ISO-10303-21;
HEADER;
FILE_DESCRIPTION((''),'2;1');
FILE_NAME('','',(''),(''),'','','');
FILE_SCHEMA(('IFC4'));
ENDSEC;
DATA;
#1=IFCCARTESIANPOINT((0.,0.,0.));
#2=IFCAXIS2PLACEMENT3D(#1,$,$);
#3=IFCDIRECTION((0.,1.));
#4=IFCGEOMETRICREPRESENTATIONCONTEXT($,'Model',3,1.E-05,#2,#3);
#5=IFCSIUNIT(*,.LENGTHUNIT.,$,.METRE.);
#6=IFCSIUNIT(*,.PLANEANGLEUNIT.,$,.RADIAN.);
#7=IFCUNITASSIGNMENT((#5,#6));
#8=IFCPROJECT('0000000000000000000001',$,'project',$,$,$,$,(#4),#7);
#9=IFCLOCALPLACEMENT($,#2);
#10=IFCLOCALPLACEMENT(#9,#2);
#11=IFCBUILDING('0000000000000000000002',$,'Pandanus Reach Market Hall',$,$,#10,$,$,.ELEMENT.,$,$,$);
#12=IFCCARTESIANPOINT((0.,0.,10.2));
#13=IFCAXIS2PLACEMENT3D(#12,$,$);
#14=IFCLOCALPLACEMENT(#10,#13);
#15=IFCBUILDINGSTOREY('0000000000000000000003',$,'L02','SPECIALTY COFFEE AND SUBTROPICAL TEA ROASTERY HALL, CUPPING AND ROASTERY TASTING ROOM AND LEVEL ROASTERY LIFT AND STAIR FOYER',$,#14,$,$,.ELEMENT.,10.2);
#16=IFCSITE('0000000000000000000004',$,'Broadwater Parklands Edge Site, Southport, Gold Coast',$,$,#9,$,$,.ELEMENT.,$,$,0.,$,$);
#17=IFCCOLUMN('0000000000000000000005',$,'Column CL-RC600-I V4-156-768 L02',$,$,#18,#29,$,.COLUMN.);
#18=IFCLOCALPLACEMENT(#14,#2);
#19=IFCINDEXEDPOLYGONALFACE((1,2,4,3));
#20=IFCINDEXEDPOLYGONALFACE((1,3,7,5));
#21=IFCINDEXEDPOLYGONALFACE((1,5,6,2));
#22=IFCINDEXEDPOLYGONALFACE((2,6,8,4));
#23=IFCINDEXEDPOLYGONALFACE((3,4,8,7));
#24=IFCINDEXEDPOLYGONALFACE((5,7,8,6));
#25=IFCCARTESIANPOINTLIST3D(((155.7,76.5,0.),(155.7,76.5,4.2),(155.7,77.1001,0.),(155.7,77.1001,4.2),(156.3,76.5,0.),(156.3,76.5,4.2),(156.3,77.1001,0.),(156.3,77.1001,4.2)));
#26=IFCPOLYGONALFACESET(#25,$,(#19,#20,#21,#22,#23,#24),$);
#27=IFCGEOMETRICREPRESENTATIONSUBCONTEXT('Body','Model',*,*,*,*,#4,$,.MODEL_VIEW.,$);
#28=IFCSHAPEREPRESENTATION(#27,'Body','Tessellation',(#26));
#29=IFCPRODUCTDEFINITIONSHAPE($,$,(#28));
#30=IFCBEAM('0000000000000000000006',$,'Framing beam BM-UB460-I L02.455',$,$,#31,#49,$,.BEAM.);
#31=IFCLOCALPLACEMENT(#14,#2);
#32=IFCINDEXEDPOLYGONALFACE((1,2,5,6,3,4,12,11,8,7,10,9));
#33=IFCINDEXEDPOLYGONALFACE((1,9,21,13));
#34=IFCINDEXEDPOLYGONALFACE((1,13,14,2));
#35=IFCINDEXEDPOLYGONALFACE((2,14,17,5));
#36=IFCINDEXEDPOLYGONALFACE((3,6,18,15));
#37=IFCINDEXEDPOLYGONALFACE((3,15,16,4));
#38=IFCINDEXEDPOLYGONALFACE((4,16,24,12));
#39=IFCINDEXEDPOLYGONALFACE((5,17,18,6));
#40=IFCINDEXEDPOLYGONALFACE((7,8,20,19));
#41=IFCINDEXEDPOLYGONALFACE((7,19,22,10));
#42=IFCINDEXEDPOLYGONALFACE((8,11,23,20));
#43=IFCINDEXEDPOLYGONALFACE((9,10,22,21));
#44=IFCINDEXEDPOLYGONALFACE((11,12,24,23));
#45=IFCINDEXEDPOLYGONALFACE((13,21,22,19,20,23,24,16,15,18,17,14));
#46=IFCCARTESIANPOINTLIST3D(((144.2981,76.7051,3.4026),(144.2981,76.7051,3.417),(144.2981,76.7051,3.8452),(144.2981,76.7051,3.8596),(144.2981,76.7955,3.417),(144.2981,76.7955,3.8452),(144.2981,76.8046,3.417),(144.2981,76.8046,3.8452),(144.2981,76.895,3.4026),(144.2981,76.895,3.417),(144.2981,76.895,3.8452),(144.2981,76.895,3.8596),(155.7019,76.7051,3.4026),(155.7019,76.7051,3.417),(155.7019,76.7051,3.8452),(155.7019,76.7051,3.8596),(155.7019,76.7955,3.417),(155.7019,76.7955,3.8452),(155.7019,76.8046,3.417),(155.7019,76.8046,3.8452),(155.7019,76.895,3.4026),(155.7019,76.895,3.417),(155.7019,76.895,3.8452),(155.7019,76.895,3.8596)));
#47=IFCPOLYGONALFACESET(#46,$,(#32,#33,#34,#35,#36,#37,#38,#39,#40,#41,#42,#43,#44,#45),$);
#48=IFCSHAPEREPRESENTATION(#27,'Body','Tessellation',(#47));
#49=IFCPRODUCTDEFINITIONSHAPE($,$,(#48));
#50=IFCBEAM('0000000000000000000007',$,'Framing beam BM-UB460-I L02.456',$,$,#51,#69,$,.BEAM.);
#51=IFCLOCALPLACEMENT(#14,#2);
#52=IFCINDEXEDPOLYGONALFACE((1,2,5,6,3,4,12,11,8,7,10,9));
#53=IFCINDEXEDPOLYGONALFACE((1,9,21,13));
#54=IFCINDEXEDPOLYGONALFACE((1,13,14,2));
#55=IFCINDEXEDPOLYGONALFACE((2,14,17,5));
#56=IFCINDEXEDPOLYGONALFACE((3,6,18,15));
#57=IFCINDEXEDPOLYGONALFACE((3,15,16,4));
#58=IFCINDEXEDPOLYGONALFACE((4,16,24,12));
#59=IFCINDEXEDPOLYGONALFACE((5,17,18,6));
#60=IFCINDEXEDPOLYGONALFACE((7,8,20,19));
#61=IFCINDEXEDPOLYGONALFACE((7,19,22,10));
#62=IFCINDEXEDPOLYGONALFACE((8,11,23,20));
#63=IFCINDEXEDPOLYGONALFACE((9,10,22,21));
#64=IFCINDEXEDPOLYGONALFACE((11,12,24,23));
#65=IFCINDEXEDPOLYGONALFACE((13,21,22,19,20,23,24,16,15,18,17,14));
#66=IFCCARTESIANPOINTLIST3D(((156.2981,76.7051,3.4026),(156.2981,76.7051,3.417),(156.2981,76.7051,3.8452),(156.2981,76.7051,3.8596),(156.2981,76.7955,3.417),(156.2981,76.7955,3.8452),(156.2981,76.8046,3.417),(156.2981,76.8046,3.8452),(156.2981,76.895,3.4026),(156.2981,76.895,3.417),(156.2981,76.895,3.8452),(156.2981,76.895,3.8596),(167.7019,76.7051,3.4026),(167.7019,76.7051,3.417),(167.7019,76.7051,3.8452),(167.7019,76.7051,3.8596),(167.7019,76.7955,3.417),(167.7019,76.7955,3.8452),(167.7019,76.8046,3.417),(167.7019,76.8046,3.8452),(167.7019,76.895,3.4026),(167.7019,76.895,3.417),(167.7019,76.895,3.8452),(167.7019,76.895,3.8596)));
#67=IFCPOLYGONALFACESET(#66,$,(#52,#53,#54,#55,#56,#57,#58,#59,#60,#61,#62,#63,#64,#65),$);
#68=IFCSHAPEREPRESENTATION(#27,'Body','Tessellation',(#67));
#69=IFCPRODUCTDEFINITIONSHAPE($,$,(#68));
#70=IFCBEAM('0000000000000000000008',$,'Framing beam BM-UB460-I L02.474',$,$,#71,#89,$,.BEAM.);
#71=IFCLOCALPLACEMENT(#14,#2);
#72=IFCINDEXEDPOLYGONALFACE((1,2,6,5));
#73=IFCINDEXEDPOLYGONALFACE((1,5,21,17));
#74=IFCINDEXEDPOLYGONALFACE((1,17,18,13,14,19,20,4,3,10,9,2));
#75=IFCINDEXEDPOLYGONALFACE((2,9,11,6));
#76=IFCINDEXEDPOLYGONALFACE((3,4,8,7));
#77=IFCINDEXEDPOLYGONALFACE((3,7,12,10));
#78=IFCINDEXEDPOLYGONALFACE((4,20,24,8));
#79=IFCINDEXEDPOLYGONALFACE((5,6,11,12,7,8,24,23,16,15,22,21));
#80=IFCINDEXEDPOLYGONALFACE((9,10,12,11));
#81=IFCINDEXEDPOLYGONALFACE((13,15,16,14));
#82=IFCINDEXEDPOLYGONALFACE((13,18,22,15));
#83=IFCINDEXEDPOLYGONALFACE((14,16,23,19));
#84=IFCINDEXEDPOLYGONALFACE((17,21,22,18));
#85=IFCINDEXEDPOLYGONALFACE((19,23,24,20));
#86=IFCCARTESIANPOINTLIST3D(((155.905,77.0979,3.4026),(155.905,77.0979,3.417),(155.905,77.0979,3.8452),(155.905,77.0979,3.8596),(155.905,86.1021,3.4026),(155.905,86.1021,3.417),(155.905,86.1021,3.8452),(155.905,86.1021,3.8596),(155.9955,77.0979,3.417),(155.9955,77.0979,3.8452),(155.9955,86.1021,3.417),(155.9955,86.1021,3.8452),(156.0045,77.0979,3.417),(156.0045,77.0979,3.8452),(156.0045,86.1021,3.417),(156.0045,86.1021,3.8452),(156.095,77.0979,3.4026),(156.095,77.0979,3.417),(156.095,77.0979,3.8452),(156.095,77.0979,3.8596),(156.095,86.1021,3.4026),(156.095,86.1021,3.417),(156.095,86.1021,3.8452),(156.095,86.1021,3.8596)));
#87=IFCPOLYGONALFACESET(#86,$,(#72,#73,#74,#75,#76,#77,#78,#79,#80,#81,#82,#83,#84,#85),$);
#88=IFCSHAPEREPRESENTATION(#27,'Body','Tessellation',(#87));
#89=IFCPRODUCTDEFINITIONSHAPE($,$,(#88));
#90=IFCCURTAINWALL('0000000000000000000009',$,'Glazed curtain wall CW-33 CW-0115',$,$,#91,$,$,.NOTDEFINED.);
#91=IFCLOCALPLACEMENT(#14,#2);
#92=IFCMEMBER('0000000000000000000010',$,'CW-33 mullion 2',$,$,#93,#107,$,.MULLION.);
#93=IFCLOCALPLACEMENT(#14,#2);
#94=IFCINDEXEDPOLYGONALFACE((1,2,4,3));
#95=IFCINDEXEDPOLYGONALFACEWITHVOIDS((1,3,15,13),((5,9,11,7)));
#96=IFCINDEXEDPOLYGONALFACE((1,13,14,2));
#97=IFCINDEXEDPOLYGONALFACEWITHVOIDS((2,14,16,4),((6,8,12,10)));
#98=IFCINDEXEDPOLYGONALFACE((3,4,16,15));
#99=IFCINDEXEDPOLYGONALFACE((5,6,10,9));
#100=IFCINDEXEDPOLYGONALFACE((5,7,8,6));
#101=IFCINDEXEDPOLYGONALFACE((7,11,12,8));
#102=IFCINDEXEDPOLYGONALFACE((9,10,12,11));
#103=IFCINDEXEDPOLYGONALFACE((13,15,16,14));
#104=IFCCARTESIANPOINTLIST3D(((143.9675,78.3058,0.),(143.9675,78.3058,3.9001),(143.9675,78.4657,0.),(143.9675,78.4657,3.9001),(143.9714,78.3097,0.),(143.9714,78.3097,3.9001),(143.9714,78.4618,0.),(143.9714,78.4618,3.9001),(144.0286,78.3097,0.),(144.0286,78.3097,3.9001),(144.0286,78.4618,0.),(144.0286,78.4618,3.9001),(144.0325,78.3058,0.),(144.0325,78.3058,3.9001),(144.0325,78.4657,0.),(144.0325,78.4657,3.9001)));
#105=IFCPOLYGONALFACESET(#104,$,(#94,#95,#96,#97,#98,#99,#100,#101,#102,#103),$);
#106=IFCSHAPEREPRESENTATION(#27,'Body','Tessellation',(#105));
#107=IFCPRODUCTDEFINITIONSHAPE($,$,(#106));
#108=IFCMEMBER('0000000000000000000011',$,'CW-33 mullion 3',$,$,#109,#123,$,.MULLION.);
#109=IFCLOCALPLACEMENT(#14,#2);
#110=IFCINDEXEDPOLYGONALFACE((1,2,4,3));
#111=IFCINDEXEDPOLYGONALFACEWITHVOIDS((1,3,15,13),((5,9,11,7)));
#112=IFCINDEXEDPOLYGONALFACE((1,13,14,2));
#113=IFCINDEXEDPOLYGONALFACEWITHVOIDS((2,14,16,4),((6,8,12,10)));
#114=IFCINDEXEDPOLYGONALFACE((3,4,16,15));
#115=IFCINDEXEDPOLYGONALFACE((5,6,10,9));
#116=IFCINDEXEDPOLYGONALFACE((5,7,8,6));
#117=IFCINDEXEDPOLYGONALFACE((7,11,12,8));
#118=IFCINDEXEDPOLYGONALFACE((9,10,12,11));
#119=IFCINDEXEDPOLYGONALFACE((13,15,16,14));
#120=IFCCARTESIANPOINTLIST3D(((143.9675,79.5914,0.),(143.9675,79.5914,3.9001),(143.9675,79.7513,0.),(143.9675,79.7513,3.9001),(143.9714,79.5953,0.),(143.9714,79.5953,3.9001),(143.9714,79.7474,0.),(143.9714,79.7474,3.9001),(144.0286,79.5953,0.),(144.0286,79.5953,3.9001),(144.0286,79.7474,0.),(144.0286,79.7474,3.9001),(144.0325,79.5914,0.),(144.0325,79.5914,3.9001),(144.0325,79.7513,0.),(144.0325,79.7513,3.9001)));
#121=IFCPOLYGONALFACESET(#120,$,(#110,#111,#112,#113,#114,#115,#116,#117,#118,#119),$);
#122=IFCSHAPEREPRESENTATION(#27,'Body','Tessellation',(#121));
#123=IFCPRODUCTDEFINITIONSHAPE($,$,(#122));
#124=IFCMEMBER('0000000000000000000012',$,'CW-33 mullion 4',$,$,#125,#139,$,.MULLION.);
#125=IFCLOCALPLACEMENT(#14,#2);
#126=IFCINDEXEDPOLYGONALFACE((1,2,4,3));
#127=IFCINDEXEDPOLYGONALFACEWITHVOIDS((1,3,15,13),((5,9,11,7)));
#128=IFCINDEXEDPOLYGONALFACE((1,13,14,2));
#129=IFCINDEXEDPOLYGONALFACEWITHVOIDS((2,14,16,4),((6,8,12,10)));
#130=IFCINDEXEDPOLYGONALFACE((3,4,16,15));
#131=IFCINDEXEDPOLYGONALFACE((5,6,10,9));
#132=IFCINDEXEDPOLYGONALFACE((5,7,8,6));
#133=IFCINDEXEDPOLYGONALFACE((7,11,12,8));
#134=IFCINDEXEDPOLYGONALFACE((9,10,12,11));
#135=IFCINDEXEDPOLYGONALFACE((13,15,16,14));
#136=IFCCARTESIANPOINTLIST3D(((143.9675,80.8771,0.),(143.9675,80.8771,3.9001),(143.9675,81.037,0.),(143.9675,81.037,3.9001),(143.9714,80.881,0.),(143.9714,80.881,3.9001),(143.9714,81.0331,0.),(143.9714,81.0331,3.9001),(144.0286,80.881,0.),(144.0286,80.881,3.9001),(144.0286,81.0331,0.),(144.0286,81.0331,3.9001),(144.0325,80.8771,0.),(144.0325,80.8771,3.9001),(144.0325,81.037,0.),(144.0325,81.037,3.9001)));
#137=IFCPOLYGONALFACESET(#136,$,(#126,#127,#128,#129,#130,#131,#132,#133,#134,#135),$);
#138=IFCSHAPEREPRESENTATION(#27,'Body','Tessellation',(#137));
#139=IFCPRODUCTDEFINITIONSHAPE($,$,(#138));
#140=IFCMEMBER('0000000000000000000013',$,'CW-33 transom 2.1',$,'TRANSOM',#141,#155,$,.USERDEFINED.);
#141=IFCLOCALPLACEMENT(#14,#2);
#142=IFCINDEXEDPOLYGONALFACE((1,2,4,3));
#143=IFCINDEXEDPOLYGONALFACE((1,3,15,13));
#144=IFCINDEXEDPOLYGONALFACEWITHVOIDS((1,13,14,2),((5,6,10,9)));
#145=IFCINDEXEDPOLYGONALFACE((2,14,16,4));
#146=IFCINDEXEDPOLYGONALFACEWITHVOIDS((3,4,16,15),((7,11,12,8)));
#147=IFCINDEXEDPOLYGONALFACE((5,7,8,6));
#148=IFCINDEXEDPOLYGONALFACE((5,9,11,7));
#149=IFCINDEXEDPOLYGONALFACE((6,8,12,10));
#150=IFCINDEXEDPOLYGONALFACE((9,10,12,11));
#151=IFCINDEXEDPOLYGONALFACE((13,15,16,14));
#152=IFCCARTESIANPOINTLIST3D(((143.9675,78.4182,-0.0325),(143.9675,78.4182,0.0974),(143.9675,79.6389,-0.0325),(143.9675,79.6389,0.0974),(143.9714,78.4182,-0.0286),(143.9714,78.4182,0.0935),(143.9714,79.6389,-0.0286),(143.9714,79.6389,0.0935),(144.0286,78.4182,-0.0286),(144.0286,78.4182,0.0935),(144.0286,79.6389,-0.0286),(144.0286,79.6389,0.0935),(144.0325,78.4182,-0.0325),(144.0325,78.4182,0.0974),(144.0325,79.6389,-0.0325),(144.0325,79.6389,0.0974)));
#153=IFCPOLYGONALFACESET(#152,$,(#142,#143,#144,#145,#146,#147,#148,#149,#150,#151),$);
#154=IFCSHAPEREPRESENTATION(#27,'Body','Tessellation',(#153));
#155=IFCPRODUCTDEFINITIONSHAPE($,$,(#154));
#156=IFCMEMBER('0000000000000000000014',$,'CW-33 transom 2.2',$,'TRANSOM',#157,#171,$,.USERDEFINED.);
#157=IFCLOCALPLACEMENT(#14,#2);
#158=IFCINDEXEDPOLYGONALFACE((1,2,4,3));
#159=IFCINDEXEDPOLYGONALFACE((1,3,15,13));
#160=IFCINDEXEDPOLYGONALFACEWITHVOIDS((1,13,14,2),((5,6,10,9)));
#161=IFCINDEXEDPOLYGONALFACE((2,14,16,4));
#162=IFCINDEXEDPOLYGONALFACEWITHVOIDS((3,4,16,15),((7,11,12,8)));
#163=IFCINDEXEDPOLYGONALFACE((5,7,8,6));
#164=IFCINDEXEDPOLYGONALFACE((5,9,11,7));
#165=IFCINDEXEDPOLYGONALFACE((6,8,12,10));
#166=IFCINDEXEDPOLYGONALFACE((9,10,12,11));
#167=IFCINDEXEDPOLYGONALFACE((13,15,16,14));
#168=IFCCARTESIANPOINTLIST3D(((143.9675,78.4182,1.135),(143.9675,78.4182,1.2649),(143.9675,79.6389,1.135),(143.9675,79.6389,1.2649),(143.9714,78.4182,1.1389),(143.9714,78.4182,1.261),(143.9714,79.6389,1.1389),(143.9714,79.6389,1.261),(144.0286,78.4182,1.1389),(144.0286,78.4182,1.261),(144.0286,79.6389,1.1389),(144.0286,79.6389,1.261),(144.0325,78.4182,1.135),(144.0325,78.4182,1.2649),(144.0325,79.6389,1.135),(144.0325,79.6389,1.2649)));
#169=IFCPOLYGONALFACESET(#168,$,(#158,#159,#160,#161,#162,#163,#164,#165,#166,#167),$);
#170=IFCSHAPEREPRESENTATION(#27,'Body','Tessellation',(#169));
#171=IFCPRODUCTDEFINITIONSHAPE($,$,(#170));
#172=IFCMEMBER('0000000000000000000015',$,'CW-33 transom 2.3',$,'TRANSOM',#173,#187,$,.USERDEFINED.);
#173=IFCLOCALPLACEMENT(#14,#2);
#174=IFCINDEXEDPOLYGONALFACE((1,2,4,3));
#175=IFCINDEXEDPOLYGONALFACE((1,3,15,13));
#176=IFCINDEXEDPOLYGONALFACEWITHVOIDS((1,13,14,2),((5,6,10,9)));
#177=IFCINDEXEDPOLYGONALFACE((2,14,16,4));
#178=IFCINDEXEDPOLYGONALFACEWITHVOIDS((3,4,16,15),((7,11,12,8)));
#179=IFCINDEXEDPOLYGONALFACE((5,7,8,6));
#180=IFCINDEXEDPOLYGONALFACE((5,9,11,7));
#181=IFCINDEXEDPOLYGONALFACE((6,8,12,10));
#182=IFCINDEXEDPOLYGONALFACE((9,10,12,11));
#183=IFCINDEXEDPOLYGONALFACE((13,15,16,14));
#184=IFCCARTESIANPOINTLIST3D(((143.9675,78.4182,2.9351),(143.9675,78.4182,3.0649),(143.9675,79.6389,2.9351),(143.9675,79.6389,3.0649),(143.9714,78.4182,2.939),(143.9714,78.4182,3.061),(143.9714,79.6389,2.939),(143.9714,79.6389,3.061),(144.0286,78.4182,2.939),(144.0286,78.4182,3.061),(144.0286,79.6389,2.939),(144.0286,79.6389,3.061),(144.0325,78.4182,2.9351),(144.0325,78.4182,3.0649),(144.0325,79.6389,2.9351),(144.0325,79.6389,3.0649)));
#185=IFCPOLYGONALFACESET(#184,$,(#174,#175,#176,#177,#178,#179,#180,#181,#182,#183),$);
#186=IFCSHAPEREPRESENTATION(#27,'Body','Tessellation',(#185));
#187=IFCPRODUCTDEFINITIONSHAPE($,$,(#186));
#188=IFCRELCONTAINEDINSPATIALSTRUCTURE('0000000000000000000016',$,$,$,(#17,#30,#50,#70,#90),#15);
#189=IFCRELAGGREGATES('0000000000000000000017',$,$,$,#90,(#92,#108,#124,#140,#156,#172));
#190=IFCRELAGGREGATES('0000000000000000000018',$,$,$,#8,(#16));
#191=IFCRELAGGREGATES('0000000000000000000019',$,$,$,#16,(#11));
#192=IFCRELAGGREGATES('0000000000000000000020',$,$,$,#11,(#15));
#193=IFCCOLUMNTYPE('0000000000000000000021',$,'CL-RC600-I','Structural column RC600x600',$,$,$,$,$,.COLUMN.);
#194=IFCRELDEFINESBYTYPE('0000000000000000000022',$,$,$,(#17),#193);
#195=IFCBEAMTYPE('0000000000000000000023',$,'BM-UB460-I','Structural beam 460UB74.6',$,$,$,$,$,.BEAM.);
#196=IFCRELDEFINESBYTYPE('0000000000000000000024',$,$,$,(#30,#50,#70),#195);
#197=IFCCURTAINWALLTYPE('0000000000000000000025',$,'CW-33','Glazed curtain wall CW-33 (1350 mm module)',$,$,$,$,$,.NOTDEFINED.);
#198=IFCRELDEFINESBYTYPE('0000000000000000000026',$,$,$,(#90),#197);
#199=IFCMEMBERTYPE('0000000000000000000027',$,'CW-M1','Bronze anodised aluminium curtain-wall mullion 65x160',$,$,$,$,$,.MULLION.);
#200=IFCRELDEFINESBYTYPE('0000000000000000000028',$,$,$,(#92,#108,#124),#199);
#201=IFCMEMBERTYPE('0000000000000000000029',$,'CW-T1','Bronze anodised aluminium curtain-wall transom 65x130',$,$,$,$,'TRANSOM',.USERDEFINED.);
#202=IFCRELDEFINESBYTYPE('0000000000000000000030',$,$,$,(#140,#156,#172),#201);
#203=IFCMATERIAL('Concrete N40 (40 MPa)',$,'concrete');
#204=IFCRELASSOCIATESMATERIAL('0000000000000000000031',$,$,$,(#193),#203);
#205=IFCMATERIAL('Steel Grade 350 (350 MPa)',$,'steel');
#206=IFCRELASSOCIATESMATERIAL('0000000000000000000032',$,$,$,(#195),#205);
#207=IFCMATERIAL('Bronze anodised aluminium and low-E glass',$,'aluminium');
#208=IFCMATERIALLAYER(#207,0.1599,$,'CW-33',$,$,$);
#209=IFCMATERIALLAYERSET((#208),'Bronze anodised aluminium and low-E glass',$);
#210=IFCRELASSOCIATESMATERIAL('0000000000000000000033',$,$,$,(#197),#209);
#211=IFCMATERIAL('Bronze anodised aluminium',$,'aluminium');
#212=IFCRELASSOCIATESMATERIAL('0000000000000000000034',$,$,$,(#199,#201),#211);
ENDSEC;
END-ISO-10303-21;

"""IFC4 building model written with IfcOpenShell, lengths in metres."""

from ifc_helpers import new_model, si_unit, direction, frame, origin, origin_2d, place, context, subcontext, project, spatial, rectangle, hollow_rectangle, i_section, extrude, material, layer, layer_set, material_profile, profile_set, type_object, element, aggregate, save


model = new_model("IFC4")

# Units and contexts
model_context = context("Model", 3, precision=1e-05, world=origin(), true_north=direction((0.0, 1.0)))
body_context = subcontext(model_context, "Body", "Model", "MODEL_VIEW")
ifc_project = project(units=[si_unit("LENGTHUNIT", "METRE"), si_unit("PLANEANGLEUNIT", "RADIAN")], contexts=[model_context])

# Site, building, storey
site_placement = place(None, origin())
site = spatial("IfcSite", under=ifc_project, at=site_placement, Name="Broadwater Parklands Edge Site, Southport, Gold Coast", CompositionType="ELEMENT", RefElevation=0.0)
building_placement = place(site_placement, origin())
building = spatial("IfcBuilding", under=site, at=building_placement, Name="Pandanus Reach Market Hall", CompositionType="ELEMENT")
storey_placement = place(building_placement, frame((0.0, 0.0, 10.2)))
storey = spatial("IfcBuildingStorey", under=building, at=storey_placement, Name="L02", Description="SPECIALTY COFFEE AND SUBTROPICAL TEA ROASTERY HALL, CUPPING AND ROASTERY TASTING ROOM AND LEVEL ROASTERY LIFT AND STAIR FOYER", CompositionType="ELEMENT", Elevation=10.2)

# Column
ifc_material_1 = material(Name="Concrete N40 (40 MPa)", Category="concrete")
ifc_material_profile_1 = material_profile(ifc_material_1, rectangle(XDim=0.6001, YDim=0.6001, at=origin_2d()), Name="RC600x600", Category="LoadBearing")
ifc_profile_set_1 = profile_set([ifc_material_profile_1], Name="Concrete N40 (40 MPa)")
column_type = type_object("IfcColumnType", Name="CL-RC600-I", Description="Structural column RC600x600", PredefinedType="COLUMN", material=ifc_profile_set_1)
column_placement = place(storey_placement, frame((156.0, 76.8, 0.0), z_axis=(0.0, 0.0, 1.0), x_axis=(1.0, 0.0, 0.0)))
element("IfcColumn", 1, at=column_placement, inside=storey, type_object=column_type, Name="Column CL-RC600-I V4-156-768 L02", PredefinedType="COLUMN", context=body_context, shape_type="SweptSolid", body=[
    extrude(rectangle(XDim=0.6001, YDim=0.6001, at=origin_2d()), origin(), (0.0, 0.0, 1.0), 4.2),
])

# Beams
ifc_material_2 = material(Name="Steel Grade 350 (350 MPa)", Category="steel")
ifc_material_profile_2 = material_profile(ifc_material_2, i_section(OverallWidth=0.1899, OverallDepth=0.457, WebThickness=0.009, FlangeThickness=0.0144, at=origin_2d()), Name="460UB74.6", Category="LoadBearing")
ifc_profile_set_2 = profile_set([ifc_material_profile_2], Name="Steel Grade 350 (350 MPa)")
beam_type_1 = type_object("IfcBeamType", Name="BM-UB460-I", Description="Structural beam 460UB74.6", PredefinedType="BEAM", material=ifc_profile_set_2)
for number, where, z_axis, x_axis, name in (
    (2, (144.2981, 76.8, 3.6311), (1.0, 0.0, 0.0), (0.0, 1.0, 0.0), "Framing beam BM-UB460-I L02.455"),
    (3, (156.2981, 76.8, 3.6311), (1.0, 0.0, 0.0), (0.0, 1.0, 0.0), "Framing beam BM-UB460-I L02.456"),
):
    element("IfcBeam", number, at=place(storey_placement, frame(where, z_axis=z_axis, x_axis=x_axis)), inside=storey, type_object=beam_type_1, Name=name, PredefinedType="BEAM", context=body_context, shape_type="SweptSolid", body=[
        extrude(i_section(OverallWidth=0.1899, OverallDepth=0.457, WebThickness=0.009, FlangeThickness=0.0144, at=origin_2d()), origin(), (0.0, 0.0, 1.0), 11.4038),
    ])
beam_placement = place(storey_placement, frame((156.0, 77.0979, 3.6311), z_axis=(0.0, 1.0, 0.0), x_axis=(-1.0, 0.0, 0.0)))
element("IfcBeam", 4, at=beam_placement, inside=storey, type_object=beam_type_1, Name="Framing beam BM-UB460-I L02.474", PredefinedType="BEAM", context=body_context, shape_type="SweptSolid", body=[
    extrude(i_section(OverallWidth=0.1899, OverallDepth=0.457, WebThickness=0.009, FlangeThickness=0.0144, at=origin_2d()), origin(), (0.0, 0.0, 1.0), 9.0042),
])

# Curtain wall, members
ifc_material_3 = material(Name="Bronze anodised aluminium and low-E glass", Category="aluminium")
ifc_layer_1 = layer(ifc_material_3, 0.1599, Name="CW-33")
ifc_layer_set_1 = layer_set([ifc_layer_1], Name="Bronze anodised aluminium and low-E glass")
curtain_wall_type = type_object("IfcCurtainWallType", Name="CW-33", Description="Glazed curtain wall CW-33 (1350 mm module)", PredefinedType="NOTDEFINED", material=ifc_layer_set_1)
curtain_wall_placement = place(storey_placement, origin())
curtain_wall = element("IfcCurtainWall", 5, at=curtain_wall_placement, inside=storey, type_object=curtain_wall_type, Name="Glazed curtain wall CW-33 CW-0115", PredefinedType="NOTDEFINED")
ifc_material_4 = material(Name="Bronze anodised aluminium", Category="aluminium")
ifc_material_profile_3 = material_profile(ifc_material_4, hollow_rectangle(XDim=0.0649, YDim=0.1599, WallThickness=0.0039, at=origin_2d()), Name="ALU65x160", Category="LoadBearing")
ifc_profile_set_3 = profile_set([ifc_material_profile_3], Name="Bronze anodised aluminium")
member_type_1 = type_object("IfcMemberType", Name="CW-M1", Description="Bronze anodised aluminium curtain-wall mullion 65x160", PredefinedType="MULLION", material=ifc_profile_set_3)
member_1_placement = place(storey_placement, frame((144.0, 78.3857, 0.0), z_axis=(0.0, 0.0, 1.0), x_axis=(-1.0, 0.0, 0.0)))
member_1 = element("IfcMember", 6, at=member_1_placement, type_object=member_type_1, Name="CW-33 mullion 2", PredefinedType="MULLION", context=body_context, shape_type="SweptSolid", body=[
    extrude(hollow_rectangle(XDim=0.0649, YDim=0.1599, WallThickness=0.0039, at=origin_2d()), origin(), (0.0, 0.0, 1.0), 3.9001),
])
member_2_placement = place(storey_placement, frame((144.0, 79.6714, 0.0), z_axis=(0.0, 0.0, 1.0), x_axis=(-1.0, 0.0, 0.0)))
member_2 = element("IfcMember", 7, at=member_2_placement, type_object=member_type_1, Name="CW-33 mullion 3", PredefinedType="MULLION", context=body_context, shape_type="SweptSolid", body=[
    extrude(hollow_rectangle(XDim=0.0649, YDim=0.1599, WallThickness=0.0039, at=origin_2d()), origin(), (0.0, 0.0, 1.0), 3.9001),
])
member_3_placement = place(storey_placement, frame((144.0, 80.957, 0.0), z_axis=(0.0, 0.0, 1.0), x_axis=(-1.0, 0.0, 0.0)))
member_3 = element("IfcMember", 8, at=member_3_placement, type_object=member_type_1, Name="CW-33 mullion 4", PredefinedType="MULLION", context=body_context, shape_type="SweptSolid", body=[
    extrude(hollow_rectangle(XDim=0.0649, YDim=0.1599, WallThickness=0.0039, at=origin_2d()), origin(), (0.0, 0.0, 1.0), 3.9001),
])
ifc_material_profile_4 = material_profile(ifc_material_4, hollow_rectangle(XDim=0.0649, YDim=0.1299, WallThickness=0.0039, at=origin_2d()), Name="ALU65x130", Category="LoadBearing")
ifc_profile_set_4 = profile_set([ifc_material_profile_4], Name="Bronze anodised aluminium")
member_type_2 = type_object("IfcMemberType", Name="CW-T1", Description="Bronze anodised aluminium curtain-wall transom 65x130", ElementType="TRANSOM", PredefinedType="USERDEFINED", material=ifc_profile_set_4)
member_4_placement = place(storey_placement, frame((144.0, 78.4182, 0.0325), z_axis=(0.0, 1.0, 0.0), x_axis=(-1.0, 0.0, 0.0)))
member_4 = element("IfcMember", 9, at=member_4_placement, type_object=member_type_2, Name="CW-33 transom 2.1", ObjectType="TRANSOM", PredefinedType="USERDEFINED", context=body_context, shape_type="SweptSolid", body=[
    extrude(hollow_rectangle(XDim=0.0649, YDim=0.1299, WallThickness=0.0039, at=origin_2d()), origin(), (0.0, 0.0, 1.0), 1.2207),
])
member_5_placement = place(storey_placement, frame((144.0, 78.4182, 1.2), z_axis=(0.0, 1.0, 0.0), x_axis=(-1.0, 0.0, 0.0)))
member_5 = element("IfcMember", 10, at=member_5_placement, type_object=member_type_2, Name="CW-33 transom 2.2", ObjectType="TRANSOM", PredefinedType="USERDEFINED", context=body_context, shape_type="SweptSolid", body=[
    extrude(hollow_rectangle(XDim=0.0649, YDim=0.1299, WallThickness=0.0039, at=origin_2d()), origin(), (0.0, 0.0, 1.0), 1.2207),
])
member_6_placement = place(storey_placement, frame((144.0, 78.4182, 3.0), z_axis=(0.0, 1.0, 0.0), x_axis=(-1.0, 0.0, 0.0)))
member_6 = element("IfcMember", 11, at=member_6_placement, type_object=member_type_2, Name="CW-33 transom 2.3", ObjectType="TRANSOM", PredefinedType="USERDEFINED", context=body_context, shape_type="SweptSolid", body=[
    extrude(hollow_rectangle(XDim=0.0649, YDim=0.1299, WallThickness=0.0039, at=origin_2d()), origin(), (0.0, 0.0, 1.0), 1.2207),
])

aggregate(curtain_wall, [member_1, member_2, member_3, member_4, member_5, member_6])

save(model, "model.ifc")
